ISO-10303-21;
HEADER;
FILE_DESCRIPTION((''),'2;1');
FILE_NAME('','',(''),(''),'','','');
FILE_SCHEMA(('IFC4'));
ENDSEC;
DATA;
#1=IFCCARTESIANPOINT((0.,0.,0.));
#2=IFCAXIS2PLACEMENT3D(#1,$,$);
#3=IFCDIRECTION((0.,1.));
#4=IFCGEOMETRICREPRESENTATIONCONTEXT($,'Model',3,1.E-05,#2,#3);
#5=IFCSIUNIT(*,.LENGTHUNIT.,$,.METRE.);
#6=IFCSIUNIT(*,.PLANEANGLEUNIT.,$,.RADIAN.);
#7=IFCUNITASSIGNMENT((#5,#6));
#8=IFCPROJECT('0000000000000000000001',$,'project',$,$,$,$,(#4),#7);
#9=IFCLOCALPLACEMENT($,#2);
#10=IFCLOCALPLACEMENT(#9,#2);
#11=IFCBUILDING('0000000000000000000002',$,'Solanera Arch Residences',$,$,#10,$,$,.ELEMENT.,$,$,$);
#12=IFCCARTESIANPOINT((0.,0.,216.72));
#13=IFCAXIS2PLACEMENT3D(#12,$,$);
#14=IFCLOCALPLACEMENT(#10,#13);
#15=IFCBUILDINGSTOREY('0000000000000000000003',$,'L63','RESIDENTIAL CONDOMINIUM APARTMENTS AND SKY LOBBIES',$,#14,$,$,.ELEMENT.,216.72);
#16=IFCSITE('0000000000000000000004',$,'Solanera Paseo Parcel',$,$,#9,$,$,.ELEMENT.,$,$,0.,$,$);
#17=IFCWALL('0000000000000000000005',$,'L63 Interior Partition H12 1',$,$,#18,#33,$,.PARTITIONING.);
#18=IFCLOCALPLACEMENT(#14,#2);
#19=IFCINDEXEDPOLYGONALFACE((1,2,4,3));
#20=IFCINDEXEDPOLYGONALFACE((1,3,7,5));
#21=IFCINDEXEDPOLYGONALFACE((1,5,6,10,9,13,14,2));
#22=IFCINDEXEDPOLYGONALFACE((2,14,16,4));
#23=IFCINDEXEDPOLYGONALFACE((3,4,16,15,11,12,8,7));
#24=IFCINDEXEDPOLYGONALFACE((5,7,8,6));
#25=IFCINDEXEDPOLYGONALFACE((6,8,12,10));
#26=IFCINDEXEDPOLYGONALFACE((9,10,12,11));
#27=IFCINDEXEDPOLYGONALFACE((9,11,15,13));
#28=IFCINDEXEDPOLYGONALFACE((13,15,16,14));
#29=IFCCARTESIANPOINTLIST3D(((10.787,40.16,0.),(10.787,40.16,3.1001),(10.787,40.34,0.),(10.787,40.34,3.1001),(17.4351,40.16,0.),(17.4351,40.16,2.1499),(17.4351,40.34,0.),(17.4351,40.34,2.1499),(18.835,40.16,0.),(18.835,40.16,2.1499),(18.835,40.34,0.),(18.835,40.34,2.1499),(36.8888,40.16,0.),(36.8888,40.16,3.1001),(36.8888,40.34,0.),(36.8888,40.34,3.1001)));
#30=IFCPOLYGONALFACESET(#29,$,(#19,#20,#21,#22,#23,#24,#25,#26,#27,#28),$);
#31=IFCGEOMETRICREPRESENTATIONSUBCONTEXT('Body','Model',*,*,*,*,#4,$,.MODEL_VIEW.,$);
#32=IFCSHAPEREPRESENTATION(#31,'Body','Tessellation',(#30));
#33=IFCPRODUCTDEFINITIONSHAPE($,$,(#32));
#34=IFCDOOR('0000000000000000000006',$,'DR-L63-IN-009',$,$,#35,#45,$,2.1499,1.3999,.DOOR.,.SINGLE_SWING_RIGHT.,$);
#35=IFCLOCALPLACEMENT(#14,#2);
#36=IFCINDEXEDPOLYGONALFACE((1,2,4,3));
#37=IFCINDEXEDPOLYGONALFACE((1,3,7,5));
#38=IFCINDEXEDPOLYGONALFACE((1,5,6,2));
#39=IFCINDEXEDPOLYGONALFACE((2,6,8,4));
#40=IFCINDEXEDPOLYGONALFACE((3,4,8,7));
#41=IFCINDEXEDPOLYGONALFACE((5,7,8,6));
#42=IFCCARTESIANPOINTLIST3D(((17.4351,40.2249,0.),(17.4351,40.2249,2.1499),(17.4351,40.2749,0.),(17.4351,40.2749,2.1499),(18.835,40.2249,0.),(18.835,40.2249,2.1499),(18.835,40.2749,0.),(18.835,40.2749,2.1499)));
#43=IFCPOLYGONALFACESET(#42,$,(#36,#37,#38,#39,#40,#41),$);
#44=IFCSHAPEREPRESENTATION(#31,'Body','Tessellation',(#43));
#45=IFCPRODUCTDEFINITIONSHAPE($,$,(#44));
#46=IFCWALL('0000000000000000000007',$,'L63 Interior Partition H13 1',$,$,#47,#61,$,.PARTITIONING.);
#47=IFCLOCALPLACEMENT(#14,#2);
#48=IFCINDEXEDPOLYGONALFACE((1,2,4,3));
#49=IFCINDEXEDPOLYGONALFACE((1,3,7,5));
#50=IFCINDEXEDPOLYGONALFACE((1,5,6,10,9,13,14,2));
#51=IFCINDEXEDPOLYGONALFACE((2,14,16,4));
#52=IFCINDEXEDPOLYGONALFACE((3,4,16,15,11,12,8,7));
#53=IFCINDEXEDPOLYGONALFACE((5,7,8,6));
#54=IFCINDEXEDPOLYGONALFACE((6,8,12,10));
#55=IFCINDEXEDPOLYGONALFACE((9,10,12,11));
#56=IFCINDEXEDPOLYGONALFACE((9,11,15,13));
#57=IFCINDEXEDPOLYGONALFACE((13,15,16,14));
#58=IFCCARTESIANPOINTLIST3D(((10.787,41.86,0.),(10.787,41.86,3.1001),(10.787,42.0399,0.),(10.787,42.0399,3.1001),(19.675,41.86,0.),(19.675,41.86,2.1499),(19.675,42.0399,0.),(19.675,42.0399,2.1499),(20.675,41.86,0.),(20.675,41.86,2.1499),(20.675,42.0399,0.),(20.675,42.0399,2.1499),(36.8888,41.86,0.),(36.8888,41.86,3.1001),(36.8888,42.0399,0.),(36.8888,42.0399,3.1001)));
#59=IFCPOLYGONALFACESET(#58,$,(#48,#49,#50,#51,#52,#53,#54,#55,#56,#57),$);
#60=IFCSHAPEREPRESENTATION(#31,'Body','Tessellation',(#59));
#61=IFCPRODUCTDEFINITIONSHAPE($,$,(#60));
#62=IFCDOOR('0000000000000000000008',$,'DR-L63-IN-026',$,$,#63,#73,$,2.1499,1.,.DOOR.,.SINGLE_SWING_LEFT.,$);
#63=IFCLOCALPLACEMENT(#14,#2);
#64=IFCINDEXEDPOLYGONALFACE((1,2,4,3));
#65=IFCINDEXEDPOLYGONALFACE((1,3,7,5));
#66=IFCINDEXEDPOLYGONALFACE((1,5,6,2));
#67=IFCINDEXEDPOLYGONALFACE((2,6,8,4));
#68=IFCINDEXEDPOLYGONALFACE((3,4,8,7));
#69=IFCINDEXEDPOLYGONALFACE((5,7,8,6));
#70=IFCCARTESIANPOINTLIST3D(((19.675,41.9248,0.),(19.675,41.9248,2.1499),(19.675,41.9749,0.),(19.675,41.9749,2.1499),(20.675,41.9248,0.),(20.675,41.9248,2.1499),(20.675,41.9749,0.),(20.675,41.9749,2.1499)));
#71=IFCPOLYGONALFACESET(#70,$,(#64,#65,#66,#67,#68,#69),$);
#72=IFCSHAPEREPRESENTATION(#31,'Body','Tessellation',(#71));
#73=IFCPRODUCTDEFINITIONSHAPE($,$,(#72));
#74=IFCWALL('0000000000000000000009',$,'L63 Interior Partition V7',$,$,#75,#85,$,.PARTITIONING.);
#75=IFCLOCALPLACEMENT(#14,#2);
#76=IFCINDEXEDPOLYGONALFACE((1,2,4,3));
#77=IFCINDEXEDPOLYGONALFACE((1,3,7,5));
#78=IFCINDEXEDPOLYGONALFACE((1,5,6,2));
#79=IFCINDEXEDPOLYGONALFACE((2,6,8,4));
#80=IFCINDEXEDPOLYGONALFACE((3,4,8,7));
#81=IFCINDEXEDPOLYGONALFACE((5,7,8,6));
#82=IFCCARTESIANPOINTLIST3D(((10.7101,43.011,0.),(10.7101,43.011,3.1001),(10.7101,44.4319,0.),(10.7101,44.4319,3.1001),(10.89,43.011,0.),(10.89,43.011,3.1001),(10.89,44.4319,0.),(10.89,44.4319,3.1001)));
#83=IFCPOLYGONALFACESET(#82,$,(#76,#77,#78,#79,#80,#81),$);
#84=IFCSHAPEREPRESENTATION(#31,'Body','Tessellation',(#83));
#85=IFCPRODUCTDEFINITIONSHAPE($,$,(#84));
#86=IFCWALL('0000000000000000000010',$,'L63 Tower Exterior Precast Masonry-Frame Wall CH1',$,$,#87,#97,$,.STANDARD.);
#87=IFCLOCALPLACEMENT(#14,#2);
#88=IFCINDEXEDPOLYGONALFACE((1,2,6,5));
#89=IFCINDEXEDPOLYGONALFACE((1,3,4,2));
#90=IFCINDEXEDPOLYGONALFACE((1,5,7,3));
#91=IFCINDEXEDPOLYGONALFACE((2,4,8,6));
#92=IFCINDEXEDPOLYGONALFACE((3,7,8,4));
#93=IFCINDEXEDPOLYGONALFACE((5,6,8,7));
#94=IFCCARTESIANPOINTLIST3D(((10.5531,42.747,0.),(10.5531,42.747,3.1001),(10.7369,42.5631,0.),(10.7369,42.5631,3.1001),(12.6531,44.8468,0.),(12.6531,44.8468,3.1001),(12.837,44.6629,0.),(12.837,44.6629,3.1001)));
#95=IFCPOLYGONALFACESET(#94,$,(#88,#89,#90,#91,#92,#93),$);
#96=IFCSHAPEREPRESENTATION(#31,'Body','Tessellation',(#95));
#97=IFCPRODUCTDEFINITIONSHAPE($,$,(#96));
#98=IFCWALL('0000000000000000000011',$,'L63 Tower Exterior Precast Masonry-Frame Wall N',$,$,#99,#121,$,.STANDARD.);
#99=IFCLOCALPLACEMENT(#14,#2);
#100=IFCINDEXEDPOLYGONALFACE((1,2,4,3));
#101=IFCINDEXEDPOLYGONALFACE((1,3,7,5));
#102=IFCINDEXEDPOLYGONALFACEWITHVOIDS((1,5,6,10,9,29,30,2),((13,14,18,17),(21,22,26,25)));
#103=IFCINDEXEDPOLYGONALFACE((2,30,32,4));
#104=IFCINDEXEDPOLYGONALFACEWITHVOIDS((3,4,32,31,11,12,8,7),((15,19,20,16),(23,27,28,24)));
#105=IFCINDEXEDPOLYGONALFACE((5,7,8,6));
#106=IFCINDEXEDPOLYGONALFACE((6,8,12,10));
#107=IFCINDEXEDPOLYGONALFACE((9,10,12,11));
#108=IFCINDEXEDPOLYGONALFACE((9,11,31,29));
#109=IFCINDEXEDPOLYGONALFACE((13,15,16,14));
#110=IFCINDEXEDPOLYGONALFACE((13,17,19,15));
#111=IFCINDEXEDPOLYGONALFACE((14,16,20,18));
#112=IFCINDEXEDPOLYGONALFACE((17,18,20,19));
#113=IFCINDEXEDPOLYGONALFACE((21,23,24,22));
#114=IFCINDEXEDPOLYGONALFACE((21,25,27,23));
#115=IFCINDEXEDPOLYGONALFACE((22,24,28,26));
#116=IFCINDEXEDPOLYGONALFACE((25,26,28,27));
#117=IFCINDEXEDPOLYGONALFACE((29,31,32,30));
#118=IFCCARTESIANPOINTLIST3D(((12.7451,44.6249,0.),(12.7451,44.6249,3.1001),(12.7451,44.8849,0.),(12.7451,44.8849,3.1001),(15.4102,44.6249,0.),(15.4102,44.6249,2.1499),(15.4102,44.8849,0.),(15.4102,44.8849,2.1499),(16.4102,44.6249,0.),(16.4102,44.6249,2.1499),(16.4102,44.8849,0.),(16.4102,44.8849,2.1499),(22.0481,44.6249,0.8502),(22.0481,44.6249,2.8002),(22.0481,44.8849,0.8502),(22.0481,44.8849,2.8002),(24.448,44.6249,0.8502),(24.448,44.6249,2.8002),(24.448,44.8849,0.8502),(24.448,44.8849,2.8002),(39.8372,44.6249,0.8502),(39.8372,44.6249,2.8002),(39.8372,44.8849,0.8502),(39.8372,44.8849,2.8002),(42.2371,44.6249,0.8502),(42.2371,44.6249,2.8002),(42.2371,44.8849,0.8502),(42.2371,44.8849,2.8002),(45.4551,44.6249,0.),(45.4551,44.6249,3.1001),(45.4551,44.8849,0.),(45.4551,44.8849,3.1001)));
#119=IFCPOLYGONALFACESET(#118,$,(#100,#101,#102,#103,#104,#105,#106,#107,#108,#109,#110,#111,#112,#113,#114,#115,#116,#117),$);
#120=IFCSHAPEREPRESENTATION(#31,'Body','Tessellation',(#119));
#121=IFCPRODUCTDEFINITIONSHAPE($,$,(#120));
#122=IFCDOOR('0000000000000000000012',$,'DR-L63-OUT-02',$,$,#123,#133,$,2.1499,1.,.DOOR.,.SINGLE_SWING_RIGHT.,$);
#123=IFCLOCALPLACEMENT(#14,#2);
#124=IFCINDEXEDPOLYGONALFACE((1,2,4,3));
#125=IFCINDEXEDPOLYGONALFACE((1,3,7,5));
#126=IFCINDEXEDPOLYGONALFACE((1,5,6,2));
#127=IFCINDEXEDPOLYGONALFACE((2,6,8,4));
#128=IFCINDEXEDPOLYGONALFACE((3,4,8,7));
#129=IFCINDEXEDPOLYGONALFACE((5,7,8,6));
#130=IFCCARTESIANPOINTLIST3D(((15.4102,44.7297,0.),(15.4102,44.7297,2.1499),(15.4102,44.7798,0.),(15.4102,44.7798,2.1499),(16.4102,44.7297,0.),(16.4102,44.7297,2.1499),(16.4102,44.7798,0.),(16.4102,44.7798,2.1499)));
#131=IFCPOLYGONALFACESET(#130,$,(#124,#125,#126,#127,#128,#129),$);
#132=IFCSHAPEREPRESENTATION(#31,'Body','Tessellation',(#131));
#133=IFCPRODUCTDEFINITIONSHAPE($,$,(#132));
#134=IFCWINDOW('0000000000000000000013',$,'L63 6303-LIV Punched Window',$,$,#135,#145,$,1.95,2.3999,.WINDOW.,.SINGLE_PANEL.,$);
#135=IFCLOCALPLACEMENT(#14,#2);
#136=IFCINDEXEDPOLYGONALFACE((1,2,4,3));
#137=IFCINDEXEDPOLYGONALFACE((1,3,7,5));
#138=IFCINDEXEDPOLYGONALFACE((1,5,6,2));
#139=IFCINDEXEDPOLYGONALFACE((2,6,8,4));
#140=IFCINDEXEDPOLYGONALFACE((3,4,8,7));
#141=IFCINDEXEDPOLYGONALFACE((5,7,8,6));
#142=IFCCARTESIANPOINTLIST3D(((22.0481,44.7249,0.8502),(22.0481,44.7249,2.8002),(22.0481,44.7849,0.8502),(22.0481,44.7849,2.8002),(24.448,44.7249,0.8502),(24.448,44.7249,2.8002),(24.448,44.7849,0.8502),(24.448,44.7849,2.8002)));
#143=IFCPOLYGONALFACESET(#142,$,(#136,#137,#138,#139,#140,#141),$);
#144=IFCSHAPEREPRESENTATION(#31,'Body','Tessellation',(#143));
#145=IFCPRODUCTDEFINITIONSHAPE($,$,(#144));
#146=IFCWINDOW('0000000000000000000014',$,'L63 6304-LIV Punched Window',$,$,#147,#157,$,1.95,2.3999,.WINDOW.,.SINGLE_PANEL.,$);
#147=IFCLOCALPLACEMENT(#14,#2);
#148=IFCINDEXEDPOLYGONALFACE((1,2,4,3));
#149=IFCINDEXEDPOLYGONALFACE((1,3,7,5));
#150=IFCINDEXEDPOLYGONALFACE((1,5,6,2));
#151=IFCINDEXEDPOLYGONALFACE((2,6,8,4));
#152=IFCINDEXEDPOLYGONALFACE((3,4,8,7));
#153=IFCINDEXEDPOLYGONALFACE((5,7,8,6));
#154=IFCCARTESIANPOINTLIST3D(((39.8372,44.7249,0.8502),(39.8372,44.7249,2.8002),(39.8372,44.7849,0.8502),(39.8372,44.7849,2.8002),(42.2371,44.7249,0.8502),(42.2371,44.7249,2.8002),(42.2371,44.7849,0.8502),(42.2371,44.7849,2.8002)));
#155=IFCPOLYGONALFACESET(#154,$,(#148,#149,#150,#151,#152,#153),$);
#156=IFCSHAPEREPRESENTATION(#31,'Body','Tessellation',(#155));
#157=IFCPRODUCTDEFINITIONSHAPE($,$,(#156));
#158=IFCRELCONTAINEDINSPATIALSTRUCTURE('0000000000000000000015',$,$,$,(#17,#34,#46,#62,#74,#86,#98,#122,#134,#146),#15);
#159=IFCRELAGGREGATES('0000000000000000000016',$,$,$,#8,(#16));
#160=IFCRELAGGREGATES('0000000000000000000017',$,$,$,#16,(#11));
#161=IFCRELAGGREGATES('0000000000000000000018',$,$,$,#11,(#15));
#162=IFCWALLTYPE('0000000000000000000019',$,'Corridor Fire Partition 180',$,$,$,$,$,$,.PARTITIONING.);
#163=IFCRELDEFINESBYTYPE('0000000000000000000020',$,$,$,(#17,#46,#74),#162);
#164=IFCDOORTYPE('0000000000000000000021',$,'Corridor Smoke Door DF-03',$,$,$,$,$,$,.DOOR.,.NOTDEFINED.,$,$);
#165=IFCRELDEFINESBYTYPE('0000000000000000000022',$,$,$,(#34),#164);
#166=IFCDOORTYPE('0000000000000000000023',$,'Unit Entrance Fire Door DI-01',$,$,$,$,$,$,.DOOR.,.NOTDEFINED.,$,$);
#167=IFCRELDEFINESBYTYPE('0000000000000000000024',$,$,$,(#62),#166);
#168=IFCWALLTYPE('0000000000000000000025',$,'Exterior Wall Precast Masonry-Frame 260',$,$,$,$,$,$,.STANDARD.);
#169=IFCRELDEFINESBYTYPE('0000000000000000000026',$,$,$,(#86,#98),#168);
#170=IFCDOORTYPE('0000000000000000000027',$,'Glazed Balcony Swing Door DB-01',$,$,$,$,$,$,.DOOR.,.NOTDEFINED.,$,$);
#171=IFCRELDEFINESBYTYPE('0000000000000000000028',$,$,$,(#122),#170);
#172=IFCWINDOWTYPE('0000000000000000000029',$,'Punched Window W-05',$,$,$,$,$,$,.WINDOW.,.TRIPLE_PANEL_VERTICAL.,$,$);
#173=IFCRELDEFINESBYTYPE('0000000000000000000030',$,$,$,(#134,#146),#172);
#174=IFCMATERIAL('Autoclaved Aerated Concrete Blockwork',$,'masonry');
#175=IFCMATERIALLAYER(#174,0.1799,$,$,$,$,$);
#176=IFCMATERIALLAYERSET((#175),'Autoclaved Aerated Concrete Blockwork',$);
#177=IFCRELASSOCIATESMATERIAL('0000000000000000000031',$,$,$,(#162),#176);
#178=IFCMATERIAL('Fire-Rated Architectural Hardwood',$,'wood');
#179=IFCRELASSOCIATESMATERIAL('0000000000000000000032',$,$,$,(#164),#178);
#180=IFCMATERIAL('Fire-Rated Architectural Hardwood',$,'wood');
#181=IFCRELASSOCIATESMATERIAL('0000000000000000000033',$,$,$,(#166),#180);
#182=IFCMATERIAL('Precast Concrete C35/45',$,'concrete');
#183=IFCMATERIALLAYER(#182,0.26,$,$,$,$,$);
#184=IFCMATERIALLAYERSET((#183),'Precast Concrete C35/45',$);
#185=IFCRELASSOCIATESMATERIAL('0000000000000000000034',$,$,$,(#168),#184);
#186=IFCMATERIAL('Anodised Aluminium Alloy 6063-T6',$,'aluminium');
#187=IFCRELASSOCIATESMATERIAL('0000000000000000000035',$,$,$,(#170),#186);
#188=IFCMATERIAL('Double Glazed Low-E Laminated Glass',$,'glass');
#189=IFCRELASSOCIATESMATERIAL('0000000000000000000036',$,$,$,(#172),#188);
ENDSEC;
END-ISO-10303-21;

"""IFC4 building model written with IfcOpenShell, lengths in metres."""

from ifc_helpers import new_model, si_unit, direction, frame, frame_2d, origin, place, context, subcontext, project, spatial, rectangle, extrude, material, layer, layer_set, type_object, element, fill, save


model = new_model("IFC4")

# Units and contexts
model_context = context("Model", 3, precision=1e-05, world=origin(), true_north=direction((0.0, 1.0)))
body_context = subcontext(model_context, "Body", "Model", "MODEL_VIEW")
ifc_project = project(units=[si_unit("LENGTHUNIT", "METRE"), si_unit("PLANEANGLEUNIT", "RADIAN")], contexts=[model_context])

# Site, building, storey
site_placement = place(None, origin())
site = spatial("IfcSite", under=ifc_project, at=site_placement, Name="Solanera Paseo Parcel", CompositionType="ELEMENT", RefElevation=0.0)
building_placement = place(site_placement, origin())
building = spatial("IfcBuilding", under=site, at=building_placement, Name="Solanera Arch Residences", CompositionType="ELEMENT")
storey_placement = place(building_placement, frame((0.0, 0.0, 216.72)))
storey = spatial("IfcBuildingStorey", under=building, at=storey_placement, Name="L63", Description="RESIDENTIAL CONDOMINIUM APARTMENTS AND SKY LOBBIES", CompositionType="ELEMENT", Elevation=216.72)

# Walls, openings, doors
ifc_material_1 = material(Name="Autoclaved Aerated Concrete Blockwork", Category="masonry")
ifc_layer_1 = layer(ifc_material_1, 0.1799)
ifc_layer_set_1 = layer_set([ifc_layer_1], Name="Autoclaved Aerated Concrete Blockwork")
wall_type_1 = type_object("IfcWallType", Name="Corridor Fire Partition 180", PredefinedType="PARTITIONING", material=ifc_layer_set_1)
wall_1_placement = place(storey_placement, frame((10.7871, 40.25, 0.0), z_axis=(0.0, 0.0, 1.0), x_axis=(1.0, 0.0, 0.0)))
wall_1 = element("IfcWall", 1, at=wall_1_placement, inside=storey, type_object=wall_type_1, Name="L63 Interior Partition H12 1", PredefinedType="PARTITIONING", context=body_context, shape_type="SweptSolid", body=[
    extrude(rectangle(XDim=26.1018, YDim=0.1799, at=frame_2d((13.0508, 0.0))), origin(), (0.0, 0.0, 1.0), 3.1001),
])
opening_1_placement = place(wall_1_placement, frame((6.6479, 0.0, 0.0)))
opening_1 = element("IfcOpeningElement", 2, at=opening_1_placement, cuts=wall_1, PredefinedType="OPENING", context=body_context, shape_type="SweptSolid", body=[
    extrude(rectangle(XDim=1.3999, YDim=2.1499, at=frame_2d((0.7, 1.075))), frame((0.0, 0.1001, 0.0), z_axis=(0.0, -1.0, 0.0), x_axis=(1.0, 0.0, 0.0)), (0.0, 0.0, 1.0), 0.1999),
])
ifc_material_2 = material(Name="Fire-Rated Architectural Hardwood", Category="wood")
door_type_1 = type_object("IfcDoorType", Name="Corridor Smoke Door DF-03", OperationType="NOTDEFINED", PredefinedType="DOOR", material=ifc_material_2)
door_1_placement = place(opening_1_placement, origin())
door_1 = element("IfcDoor", 3, at=door_1_placement, inside=storey, type_object=door_type_1, Name="DR-L63-IN-009", OperationType="SINGLE_SWING_RIGHT", OverallHeight=2.1499, OverallWidth=1.3999, PredefinedType="DOOR", context=body_context, shape_type="SweptSolid", body=[
    extrude(rectangle(XDim=1.3999, YDim=2.1499, at=frame_2d((0.7, 1.075))), frame((0.0, 0.0249, 0.0), z_axis=(0.0, -1.0, 0.0), x_axis=(1.0, 0.0, 0.0)), (0.0, 0.0, 1.0), 0.05),
])
fill(opening_1, door_1)
wall_2_placement = place(storey_placement, frame((10.7871, 41.95, 0.0), z_axis=(0.0, 0.0, 1.0), x_axis=(1.0, 0.0, 0.0)))
wall_2 = element("IfcWall", 4, at=wall_2_placement, inside=storey, type_object=wall_type_1, Name="L63 Interior Partition H13 1", PredefinedType="PARTITIONING", context=body_context, shape_type="SweptSolid", body=[
    extrude(rectangle(XDim=26.1018, YDim=0.1799, at=frame_2d((13.0508, 0.0))), origin(), (0.0, 0.0, 1.0), 3.1001),
])
opening_2_placement = place(wall_2_placement, frame((8.8879, 0.0, 0.0)))
opening_2 = element("IfcOpeningElement", 5, at=opening_2_placement, cuts=wall_2, PredefinedType="OPENING", context=body_context, shape_type="SweptSolid", body=[
    extrude(rectangle(XDim=1.0, YDim=2.1499, at=frame_2d((0.5, 1.075))), frame((0.0, 0.1001, 0.0), z_axis=(0.0, -1.0, 0.0), x_axis=(1.0, 0.0, 0.0)), (0.0, 0.0, 1.0), 0.1999),
])
ifc_material_3 = material(Name="Fire-Rated Architectural Hardwood", Category="wood")
door_type_2 = type_object("IfcDoorType", Name="Unit Entrance Fire Door DI-01", OperationType="NOTDEFINED", PredefinedType="DOOR", material=ifc_material_3)
door_2_placement = place(opening_2_placement, origin())
door_2 = element("IfcDoor", 6, at=door_2_placement, inside=storey, type_object=door_type_2, Name="DR-L63-IN-026", OperationType="SINGLE_SWING_LEFT", OverallHeight=2.1499, OverallWidth=1.0, PredefinedType="DOOR", context=body_context, shape_type="SweptSolid", body=[
    extrude(rectangle(XDim=1.0, YDim=2.1499, at=frame_2d((0.5, 1.075))), frame((0.0, 0.0249, 0.0), z_axis=(0.0, -1.0, 0.0), x_axis=(1.0, 0.0, 0.0)), (0.0, 0.0, 1.0), 0.05),
])
fill(opening_2, door_2)

# Walls
wall_3_placement = place(storey_placement, frame((10.8, 43.011, 0.0), z_axis=(0.0, 0.0, 1.0), x_axis=(0.0, 1.0, 0.0)))
element("IfcWall", 7, at=wall_3_placement, inside=storey, type_object=wall_type_1, Name="L63 Interior Partition V7", PredefinedType="PARTITIONING", context=body_context, shape_type="SweptSolid", body=[
    extrude(rectangle(XDim=1.4209, YDim=0.1799, at=frame_2d((0.7104, 0.0))), origin(), (0.0, 0.0, 1.0), 3.1001),
])
ifc_material_4 = material(Name="Precast Concrete C35/45", Category="concrete")
ifc_layer_2 = layer(ifc_material_4, 0.26)
ifc_layer_set_2 = layer_set([ifc_layer_2], Name="Precast Concrete C35/45")
wall_type_2 = type_object("IfcWallType", Name="Exterior Wall Precast Masonry-Frame 260", PredefinedType="STANDARD", material=ifc_layer_set_2)
wall_4_placement = place(storey_placement, frame((10.645, 42.655, 0.0), z_axis=(0.0, 0.0, 1.0), x_axis=(0.707148, 0.707066, 0.0)))
element("IfcWall", 8, at=wall_4_placement, inside=storey, type_object=wall_type_2, Name="L63 Tower Exterior Precast Masonry-Frame Wall CH1", PredefinedType="STANDARD", context=body_context, shape_type="SweptSolid", body=[
    extrude(rectangle(XDim=2.9697, YDim=0.26, at=frame_2d((1.4849, 0.0))), origin(), (0.0, 0.0, 1.0), 3.1001),
])

# Wall, openings, door, windows
wall_5_placement = place(storey_placement, frame((12.7451, 44.7549, 0.0), z_axis=(0.0, 0.0, 1.0), x_axis=(1.0, 0.0, 0.0)))
wall_5 = element("IfcWall", 9, at=wall_5_placement, inside=storey, type_object=wall_type_2, Name="L63 Tower Exterior Precast Masonry-Frame Wall N", PredefinedType="STANDARD", context=body_context, shape_type="SweptSolid", body=[
    extrude(rectangle(XDim=32.71, YDim=0.26, at=frame_2d((16.355, 0.0))), origin(), (0.0, 0.0, 1.0), 3.1001),
])
opening_3_placement = place(wall_5_placement, frame((2.665, 0.0, 0.0)))
opening_3 = element("IfcOpeningElement", 10, at=opening_3_placement, cuts=wall_5, PredefinedType="OPENING", context=body_context, shape_type="SweptSolid", body=[
    extrude(rectangle(XDim=1.0, YDim=2.1499, at=frame_2d((0.5, 1.075))), frame((0.0, 0.1399, 0.0), z_axis=(0.0, -1.0, 0.0), x_axis=(1.0, 0.0, 0.0)), (0.0, 0.0, 1.0), 0.28),
])
opening_4_placement = place(wall_5_placement, frame((9.303, 0.0, 0.8501)))
opening_4 = element("IfcOpeningElement", 11, at=opening_4_placement, cuts=wall_5, PredefinedType="OPENING", context=body_context, shape_type="SweptSolid", body=[
    extrude(rectangle(XDim=2.3999, YDim=1.95, at=frame_2d((1.2, 0.9751))), frame((0.0, 0.1399, 0.0), z_axis=(0.0, -1.0, 0.0), x_axis=(1.0, 0.0, 0.0)), (0.0, 0.0, 1.0), 0.28),
])
opening_5_placement = place(wall_5_placement, frame((27.092, 0.0, 0.8501)))
opening_5 = element("IfcOpeningElement", 12, at=opening_5_placement, cuts=wall_5, PredefinedType="OPENING", context=body_context, shape_type="SweptSolid", body=[
    extrude(rectangle(XDim=2.3999, YDim=1.95, at=frame_2d((1.2, 0.9751))), frame((0.0, 0.1399, 0.0), z_axis=(0.0, -1.0, 0.0), x_axis=(1.0, 0.0, 0.0)), (0.0, 0.0, 1.0), 0.28),
])
ifc_material_5 = material(Name="Anodised Aluminium Alloy 6063-T6", Category="aluminium")
door_type_3 = type_object("IfcDoorType", Name="Glazed Balcony Swing Door DB-01", OperationType="NOTDEFINED", PredefinedType="DOOR", material=ifc_material_5)
door_3_placement = place(opening_3_placement, origin())
door_3 = element("IfcDoor", 13, at=door_3_placement, inside=storey, type_object=door_type_3, Name="DR-L63-OUT-02", OperationType="SINGLE_SWING_RIGHT", OverallHeight=2.1499, OverallWidth=1.0, PredefinedType="DOOR", context=body_context, shape_type="SweptSolid", body=[
    extrude(rectangle(XDim=1.0, YDim=2.1499, at=frame_2d((0.5, 1.075))), frame((0.0, 0.0249, 0.0), z_axis=(0.0, -1.0, 0.0), x_axis=(1.0, 0.0, 0.0)), (0.0, 0.0, 1.0), 0.05),
])
fill(opening_3, door_3)
ifc_material_6 = material(Name="Double Glazed Low-E Laminated Glass", Category="glass")
window_type = type_object("IfcWindowType", Name="Punched Window W-05", PartitioningType="TRIPLE_PANEL_VERTICAL", PredefinedType="WINDOW", material=ifc_material_6)
window_1_placement = place(opening_4_placement, origin())
window_1 = element("IfcWindow", 14, at=window_1_placement, inside=storey, type_object=window_type, Name="L63 6303-LIV Punched Window", OverallHeight=1.95, OverallWidth=2.3999, PartitioningType="SINGLE_PANEL", PredefinedType="WINDOW", context=body_context, shape_type="SweptSolid", body=[
    extrude(rectangle(XDim=2.3999, YDim=1.95, at=frame_2d((1.2, 0.9751))), frame((0.0, 0.03, 0.0), z_axis=(0.0, -1.0, 0.0), x_axis=(1.0, 0.0, 0.0)), (0.0, 0.0, 1.0), 0.0601),
])
fill(opening_4, window_1)
window_2_placement = place(opening_5_placement, origin())
window_2 = element("IfcWindow", 15, at=window_2_placement, inside=storey, type_object=window_type, Name="L63 6304-LIV Punched Window", OverallHeight=1.95, OverallWidth=2.3999, PartitioningType="SINGLE_PANEL", PredefinedType="WINDOW", context=body_context, shape_type="SweptSolid", body=[
    extrude(rectangle(XDim=2.3999, YDim=1.95, at=frame_2d((1.2, 0.9751))), frame((0.0, 0.03, 0.0), z_axis=(0.0, -1.0, 0.0), x_axis=(1.0, 0.0, 0.0)), (0.0, 0.0, 1.0), 0.0601),
])
fill(opening_5, window_2)

save(model, "model.ifc")
